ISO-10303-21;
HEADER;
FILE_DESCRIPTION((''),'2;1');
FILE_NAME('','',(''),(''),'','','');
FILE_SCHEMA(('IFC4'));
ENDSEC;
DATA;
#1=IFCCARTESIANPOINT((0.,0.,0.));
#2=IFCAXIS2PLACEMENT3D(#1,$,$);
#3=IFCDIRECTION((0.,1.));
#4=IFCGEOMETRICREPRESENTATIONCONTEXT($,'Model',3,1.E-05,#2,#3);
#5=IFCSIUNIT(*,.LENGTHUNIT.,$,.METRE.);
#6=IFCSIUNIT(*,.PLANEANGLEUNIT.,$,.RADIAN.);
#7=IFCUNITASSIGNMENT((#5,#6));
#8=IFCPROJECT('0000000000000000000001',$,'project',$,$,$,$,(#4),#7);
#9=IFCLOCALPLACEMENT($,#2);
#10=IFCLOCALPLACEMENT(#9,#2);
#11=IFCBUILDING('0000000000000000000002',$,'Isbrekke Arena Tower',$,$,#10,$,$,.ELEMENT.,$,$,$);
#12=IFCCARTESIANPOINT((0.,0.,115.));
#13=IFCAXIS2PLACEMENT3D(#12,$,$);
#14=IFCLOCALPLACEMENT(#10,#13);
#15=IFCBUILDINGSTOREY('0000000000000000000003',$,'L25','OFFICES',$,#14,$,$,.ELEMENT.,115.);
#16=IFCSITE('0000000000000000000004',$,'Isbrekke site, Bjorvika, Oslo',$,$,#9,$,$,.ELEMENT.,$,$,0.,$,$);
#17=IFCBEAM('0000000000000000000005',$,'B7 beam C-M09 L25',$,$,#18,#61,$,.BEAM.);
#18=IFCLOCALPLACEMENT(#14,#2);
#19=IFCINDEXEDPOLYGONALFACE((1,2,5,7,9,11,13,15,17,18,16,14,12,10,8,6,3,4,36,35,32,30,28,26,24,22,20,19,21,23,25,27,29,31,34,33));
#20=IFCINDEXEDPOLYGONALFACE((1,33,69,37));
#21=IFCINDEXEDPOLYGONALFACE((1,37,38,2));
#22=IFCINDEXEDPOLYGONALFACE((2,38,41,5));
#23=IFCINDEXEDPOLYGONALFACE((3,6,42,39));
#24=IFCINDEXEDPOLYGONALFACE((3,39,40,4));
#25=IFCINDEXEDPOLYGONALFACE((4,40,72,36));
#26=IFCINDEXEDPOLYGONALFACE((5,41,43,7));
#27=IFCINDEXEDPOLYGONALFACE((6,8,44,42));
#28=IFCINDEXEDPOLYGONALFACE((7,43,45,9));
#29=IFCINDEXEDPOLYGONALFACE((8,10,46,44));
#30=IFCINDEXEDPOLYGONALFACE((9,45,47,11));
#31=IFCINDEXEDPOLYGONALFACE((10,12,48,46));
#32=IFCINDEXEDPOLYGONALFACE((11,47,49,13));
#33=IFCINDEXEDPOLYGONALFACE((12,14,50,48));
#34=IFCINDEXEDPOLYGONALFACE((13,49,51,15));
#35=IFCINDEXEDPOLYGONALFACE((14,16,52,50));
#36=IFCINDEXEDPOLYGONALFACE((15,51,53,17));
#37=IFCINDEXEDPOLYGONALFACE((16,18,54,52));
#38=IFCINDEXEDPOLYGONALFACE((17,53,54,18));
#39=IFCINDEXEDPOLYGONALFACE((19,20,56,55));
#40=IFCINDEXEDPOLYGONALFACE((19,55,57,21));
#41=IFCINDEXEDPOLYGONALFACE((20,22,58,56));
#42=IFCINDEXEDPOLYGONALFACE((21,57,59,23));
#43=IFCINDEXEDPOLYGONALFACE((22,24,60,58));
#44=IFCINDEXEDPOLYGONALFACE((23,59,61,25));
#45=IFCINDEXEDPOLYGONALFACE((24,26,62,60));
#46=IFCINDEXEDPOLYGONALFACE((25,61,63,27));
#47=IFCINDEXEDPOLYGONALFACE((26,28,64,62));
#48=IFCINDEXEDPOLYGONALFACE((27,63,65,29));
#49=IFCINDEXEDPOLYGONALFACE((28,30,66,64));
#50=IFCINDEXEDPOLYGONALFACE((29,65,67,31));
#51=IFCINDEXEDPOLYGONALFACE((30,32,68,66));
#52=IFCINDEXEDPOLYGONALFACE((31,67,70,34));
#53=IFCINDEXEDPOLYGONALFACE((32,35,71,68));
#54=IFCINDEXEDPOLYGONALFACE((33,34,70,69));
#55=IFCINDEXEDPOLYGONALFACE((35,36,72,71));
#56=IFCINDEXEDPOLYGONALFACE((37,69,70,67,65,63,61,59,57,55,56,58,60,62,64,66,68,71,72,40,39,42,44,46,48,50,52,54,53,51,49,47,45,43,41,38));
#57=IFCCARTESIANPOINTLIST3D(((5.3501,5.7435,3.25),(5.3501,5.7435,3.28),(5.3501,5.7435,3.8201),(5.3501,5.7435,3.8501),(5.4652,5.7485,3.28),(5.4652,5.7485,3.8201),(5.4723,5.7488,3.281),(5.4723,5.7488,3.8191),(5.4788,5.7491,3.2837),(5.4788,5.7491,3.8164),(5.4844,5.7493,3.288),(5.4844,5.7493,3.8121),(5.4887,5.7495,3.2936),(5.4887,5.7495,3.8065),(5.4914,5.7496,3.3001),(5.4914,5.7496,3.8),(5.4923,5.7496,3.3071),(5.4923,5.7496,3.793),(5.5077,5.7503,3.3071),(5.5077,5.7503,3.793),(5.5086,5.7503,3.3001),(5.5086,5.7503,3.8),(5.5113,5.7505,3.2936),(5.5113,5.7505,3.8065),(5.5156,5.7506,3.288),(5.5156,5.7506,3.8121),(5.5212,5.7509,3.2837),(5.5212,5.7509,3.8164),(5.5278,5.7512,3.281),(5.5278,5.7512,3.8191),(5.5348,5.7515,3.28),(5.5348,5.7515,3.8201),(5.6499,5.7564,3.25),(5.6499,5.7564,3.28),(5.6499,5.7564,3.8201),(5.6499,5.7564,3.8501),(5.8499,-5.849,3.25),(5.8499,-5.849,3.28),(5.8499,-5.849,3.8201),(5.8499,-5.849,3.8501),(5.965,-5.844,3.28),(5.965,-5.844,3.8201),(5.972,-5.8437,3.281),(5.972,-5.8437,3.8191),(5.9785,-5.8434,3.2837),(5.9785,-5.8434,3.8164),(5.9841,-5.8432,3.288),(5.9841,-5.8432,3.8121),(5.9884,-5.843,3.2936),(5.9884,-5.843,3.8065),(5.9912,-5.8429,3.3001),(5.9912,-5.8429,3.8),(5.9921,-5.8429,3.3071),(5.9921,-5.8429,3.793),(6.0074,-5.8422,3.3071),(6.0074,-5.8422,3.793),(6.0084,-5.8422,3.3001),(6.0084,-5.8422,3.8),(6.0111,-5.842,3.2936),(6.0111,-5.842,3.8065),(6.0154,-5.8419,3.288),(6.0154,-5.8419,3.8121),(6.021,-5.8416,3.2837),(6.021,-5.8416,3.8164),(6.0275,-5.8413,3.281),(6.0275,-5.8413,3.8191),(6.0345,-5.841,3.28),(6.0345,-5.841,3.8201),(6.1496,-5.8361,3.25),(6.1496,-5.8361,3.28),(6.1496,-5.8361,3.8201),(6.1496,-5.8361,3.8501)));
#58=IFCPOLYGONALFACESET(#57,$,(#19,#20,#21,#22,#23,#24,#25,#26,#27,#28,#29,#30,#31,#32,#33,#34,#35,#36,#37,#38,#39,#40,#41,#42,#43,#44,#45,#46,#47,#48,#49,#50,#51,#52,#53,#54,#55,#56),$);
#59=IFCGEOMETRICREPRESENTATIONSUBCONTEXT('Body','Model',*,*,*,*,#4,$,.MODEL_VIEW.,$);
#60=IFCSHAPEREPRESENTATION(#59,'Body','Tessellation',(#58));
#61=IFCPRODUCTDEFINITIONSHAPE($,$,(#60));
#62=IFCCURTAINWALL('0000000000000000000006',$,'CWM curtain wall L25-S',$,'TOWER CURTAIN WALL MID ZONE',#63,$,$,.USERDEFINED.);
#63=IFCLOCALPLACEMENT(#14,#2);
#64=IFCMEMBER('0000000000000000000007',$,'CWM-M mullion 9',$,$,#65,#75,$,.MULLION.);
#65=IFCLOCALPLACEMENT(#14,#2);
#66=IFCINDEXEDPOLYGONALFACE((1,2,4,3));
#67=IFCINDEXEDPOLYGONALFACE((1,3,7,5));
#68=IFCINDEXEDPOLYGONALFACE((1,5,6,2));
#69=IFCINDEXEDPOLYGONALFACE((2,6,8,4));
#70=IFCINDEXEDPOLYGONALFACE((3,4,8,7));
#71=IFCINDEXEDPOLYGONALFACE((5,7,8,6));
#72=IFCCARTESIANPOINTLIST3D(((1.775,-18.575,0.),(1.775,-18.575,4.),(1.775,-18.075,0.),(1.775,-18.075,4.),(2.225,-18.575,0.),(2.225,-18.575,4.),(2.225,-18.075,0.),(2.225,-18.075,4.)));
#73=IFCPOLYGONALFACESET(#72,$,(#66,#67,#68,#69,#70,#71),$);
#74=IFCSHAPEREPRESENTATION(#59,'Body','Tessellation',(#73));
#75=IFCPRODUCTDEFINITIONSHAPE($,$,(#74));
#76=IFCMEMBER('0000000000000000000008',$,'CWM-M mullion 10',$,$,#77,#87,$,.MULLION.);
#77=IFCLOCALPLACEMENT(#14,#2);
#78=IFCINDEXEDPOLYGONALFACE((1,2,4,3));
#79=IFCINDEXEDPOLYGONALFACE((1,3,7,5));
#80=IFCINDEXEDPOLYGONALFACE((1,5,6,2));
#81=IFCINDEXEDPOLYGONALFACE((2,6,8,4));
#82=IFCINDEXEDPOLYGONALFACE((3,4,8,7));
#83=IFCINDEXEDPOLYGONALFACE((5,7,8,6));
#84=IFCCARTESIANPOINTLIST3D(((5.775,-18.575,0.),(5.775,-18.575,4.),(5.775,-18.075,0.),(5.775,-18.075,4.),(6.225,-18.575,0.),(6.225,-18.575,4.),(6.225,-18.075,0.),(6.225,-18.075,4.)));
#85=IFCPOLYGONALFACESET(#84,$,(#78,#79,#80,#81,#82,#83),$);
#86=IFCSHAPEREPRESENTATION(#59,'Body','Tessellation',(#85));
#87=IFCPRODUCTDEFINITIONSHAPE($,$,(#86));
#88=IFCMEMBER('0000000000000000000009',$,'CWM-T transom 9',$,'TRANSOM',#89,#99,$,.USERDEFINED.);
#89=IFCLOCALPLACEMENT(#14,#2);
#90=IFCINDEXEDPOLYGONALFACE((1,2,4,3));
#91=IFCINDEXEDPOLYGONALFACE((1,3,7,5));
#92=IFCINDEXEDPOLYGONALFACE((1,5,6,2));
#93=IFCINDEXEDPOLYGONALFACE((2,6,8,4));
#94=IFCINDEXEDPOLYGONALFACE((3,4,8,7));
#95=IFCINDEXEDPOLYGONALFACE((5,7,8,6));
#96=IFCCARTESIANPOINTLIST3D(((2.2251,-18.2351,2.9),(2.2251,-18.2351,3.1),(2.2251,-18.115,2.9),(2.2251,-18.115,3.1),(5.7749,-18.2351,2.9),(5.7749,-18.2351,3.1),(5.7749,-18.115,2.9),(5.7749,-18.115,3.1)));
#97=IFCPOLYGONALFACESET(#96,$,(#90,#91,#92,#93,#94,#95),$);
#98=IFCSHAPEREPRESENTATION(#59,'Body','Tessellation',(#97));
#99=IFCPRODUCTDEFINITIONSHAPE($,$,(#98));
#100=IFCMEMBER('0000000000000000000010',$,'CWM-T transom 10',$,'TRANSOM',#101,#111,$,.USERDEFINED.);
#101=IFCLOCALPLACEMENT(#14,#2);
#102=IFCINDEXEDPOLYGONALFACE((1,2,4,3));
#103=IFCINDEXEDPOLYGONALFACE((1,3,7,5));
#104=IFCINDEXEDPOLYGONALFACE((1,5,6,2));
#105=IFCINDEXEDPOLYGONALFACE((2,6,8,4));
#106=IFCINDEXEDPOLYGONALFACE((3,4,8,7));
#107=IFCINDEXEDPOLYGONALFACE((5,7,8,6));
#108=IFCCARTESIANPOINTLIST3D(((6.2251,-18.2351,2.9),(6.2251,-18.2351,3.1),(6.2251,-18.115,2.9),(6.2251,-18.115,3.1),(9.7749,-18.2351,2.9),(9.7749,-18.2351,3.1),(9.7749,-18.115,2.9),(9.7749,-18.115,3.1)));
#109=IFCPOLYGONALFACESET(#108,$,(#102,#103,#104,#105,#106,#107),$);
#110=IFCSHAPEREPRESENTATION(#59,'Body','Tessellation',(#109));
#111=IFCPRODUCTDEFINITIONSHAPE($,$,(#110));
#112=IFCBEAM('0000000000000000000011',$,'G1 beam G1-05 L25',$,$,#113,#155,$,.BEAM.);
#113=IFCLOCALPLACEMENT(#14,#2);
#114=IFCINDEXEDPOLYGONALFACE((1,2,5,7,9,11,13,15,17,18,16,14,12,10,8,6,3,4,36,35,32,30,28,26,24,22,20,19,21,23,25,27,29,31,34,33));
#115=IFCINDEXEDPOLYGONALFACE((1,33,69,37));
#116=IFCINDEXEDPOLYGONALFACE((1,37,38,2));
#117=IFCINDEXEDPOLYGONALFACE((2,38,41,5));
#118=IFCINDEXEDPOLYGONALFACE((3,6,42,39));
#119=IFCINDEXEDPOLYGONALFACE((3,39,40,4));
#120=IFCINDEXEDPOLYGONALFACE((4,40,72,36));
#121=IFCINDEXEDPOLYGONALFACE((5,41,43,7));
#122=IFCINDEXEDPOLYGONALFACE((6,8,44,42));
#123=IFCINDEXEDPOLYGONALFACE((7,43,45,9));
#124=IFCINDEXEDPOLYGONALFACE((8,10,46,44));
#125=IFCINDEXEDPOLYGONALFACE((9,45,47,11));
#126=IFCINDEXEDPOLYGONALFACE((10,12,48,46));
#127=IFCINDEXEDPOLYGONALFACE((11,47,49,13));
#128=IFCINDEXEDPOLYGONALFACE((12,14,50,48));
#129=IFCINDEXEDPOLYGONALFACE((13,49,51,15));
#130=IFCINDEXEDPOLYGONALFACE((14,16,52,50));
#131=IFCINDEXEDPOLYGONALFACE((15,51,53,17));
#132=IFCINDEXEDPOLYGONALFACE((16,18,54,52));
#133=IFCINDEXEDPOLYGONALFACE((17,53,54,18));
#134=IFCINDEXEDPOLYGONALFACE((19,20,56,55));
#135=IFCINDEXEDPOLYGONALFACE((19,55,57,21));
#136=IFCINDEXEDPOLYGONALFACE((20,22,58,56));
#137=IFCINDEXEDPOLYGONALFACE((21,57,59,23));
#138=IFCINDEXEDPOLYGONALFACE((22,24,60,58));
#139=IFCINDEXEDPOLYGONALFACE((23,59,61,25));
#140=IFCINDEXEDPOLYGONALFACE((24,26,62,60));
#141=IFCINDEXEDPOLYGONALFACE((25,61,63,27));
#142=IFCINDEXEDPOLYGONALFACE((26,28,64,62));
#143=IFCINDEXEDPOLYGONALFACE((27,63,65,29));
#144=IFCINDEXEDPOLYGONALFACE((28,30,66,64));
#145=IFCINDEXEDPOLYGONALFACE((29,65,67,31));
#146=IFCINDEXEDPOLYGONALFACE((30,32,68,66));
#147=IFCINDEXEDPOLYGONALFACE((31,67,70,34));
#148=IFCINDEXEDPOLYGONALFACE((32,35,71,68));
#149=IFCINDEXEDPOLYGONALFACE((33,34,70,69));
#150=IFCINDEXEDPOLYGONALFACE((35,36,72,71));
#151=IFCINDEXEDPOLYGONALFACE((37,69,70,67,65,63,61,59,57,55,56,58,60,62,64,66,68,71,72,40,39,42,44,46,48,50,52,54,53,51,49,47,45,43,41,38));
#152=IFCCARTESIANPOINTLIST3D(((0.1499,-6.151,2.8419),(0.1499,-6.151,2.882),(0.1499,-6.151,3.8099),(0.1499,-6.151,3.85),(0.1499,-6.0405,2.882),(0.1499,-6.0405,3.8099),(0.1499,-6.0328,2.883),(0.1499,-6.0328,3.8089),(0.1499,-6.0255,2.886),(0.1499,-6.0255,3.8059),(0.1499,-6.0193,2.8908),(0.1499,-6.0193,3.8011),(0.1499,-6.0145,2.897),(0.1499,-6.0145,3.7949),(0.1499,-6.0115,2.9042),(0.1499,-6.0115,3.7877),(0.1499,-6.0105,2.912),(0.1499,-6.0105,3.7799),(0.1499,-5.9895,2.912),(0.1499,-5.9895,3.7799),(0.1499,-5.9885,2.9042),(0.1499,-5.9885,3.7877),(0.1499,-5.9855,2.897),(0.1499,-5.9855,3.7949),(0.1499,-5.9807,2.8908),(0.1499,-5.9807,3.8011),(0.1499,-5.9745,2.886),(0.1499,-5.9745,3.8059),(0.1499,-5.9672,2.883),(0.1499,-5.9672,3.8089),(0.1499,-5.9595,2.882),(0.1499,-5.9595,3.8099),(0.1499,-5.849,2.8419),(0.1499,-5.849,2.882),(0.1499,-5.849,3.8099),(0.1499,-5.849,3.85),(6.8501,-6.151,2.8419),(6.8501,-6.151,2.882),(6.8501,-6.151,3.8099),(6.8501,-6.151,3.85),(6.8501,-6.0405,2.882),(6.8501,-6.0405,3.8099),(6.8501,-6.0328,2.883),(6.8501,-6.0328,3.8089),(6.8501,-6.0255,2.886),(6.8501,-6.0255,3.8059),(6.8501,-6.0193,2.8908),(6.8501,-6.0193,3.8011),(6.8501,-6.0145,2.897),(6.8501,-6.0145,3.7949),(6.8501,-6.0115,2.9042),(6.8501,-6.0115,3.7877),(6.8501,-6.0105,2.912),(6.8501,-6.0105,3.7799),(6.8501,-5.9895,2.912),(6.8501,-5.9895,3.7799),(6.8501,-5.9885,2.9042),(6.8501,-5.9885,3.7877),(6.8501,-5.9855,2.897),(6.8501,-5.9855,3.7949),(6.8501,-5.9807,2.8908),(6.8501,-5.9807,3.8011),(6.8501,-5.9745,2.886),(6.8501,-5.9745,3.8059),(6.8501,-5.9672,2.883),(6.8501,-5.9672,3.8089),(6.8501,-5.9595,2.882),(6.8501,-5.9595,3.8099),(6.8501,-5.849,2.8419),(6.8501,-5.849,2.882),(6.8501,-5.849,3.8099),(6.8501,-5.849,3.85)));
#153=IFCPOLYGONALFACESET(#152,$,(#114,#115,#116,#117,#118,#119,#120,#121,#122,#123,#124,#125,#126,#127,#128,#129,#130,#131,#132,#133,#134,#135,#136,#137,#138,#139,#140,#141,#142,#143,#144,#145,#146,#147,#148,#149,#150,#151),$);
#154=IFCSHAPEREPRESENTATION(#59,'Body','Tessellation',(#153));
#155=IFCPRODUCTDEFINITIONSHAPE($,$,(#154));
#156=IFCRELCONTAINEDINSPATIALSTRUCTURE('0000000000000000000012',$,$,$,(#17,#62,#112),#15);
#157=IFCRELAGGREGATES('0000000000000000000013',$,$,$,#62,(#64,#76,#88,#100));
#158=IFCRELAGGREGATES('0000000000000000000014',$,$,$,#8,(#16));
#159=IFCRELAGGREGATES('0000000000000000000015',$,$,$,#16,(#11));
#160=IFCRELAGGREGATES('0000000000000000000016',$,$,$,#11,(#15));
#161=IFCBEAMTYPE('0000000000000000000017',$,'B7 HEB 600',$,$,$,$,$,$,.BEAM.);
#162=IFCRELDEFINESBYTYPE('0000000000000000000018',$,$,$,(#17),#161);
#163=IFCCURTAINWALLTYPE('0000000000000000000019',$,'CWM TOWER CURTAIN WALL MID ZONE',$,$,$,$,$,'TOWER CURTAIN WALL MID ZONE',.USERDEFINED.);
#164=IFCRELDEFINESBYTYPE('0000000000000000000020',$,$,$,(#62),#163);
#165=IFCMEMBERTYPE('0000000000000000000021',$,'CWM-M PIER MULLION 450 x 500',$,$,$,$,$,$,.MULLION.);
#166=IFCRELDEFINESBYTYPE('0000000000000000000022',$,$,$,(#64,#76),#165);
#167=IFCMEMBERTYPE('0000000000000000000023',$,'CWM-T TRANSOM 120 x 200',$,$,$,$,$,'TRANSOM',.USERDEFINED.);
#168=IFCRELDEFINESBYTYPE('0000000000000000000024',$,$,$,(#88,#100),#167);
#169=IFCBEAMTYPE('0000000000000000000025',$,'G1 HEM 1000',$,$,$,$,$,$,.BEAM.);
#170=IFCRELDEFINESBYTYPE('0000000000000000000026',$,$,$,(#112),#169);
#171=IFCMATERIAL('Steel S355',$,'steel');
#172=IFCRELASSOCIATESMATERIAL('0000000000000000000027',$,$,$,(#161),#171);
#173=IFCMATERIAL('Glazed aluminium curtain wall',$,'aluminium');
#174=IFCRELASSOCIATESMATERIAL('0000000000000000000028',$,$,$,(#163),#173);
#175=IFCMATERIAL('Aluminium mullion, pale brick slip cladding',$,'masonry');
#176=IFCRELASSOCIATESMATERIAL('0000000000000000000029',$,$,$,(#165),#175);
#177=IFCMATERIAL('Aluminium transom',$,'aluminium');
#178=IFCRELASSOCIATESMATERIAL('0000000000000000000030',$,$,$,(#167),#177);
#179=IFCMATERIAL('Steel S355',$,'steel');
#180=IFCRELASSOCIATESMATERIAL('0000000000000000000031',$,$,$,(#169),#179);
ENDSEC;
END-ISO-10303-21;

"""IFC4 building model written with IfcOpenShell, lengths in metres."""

from ifc_helpers import new_model, si_unit, direction, frame, origin, origin_2d, place, context, subcontext, project, spatial, rectangle, i_section, extrude, material, material_profile, profile_set, type_object, element, aggregate, save


model = new_model("IFC4")

# Units and contexts
model_context = context("Model", 3, precision=1e-05, world=origin(), true_north=direction((0.0, 1.0)))
body_context = subcontext(model_context, "Body", "Model", "MODEL_VIEW")
ifc_project = project(units=[si_unit("LENGTHUNIT", "METRE"), si_unit("PLANEANGLEUNIT", "RADIAN")], contexts=[model_context])

# Site, building, storey
site_placement = place(None, origin())
site = spatial("IfcSite", under=ifc_project, at=site_placement, Name="Isbrekke site, Bjorvika, Oslo", CompositionType="ELEMENT", RefElevation=0.0)
building_placement = place(site_placement, origin())
building = spatial("IfcBuilding", under=site, at=building_placement, Name="Isbrekke Arena Tower", CompositionType="ELEMENT")
storey_placement = place(building_placement, frame((0.0, 0.0, 115.0)))
storey = spatial("IfcBuildingStorey", under=building, at=storey_placement, Name="L25", Description="OFFICES", CompositionType="ELEMENT", Elevation=115.0)

# Beam
ifc_material_1 = material(Name="Steel S355", Category="steel")
ifc_material_profile_1 = material_profile(ifc_material_1, i_section(OverallWidth=0.3, OverallDepth=0.6001, WebThickness=0.0154, FlangeThickness=0.03, FilletRadius=0.0271, at=origin_2d()), Name="HEB 600")
ifc_profile_set_1 = profile_set([ifc_material_profile_1], Name="Steel S355")
beam_type_1 = type_object("IfcBeamType", Name="B7 HEB 600", PredefinedType="BEAM", material=ifc_profile_set_1)
beam_1_placement = place(storey_placement, frame((5.9998, -5.8425, 3.55), z_axis=(-0.04307, 0.999072, 0.0), x_axis=(-0.999072, -0.04307, 0.0)))
element("IfcBeam", 1, at=beam_1_placement, inside=storey, type_object=beam_type_1, Name="B7 beam C-M09 L25", PredefinedType="BEAM", context=body_context, shape_type="SweptSolid", body=[
    extrude(i_section(OverallWidth=0.3, OverallDepth=0.6001, WebThickness=0.0154, FlangeThickness=0.03, FilletRadius=0.0271, at=origin_2d()), origin(), (0.0, 0.0, 1.0), 11.6033),
])

# Curtain wall, members
ifc_material_2 = material(Name="Glazed aluminium curtain wall", Category="aluminium")
curtain_wall_type = type_object("IfcCurtainWallType", Name="CWM TOWER CURTAIN WALL MID ZONE", ElementType="TOWER CURTAIN WALL MID ZONE", PredefinedType="USERDEFINED", material=ifc_material_2)
curtain_wall_placement = place(storey_placement, origin())
curtain_wall = element("IfcCurtainWall", 2, at=curtain_wall_placement, inside=storey, type_object=curtain_wall_type, Name="CWM curtain wall L25-S", ObjectType="TOWER CURTAIN WALL MID ZONE", PredefinedType="USERDEFINED")
ifc_material_3 = material(Name="Aluminium mullion, pale brick slip cladding", Category="masonry")
ifc_material_profile_2 = material_profile(ifc_material_3, rectangle(XDim=0.45, YDim=0.5, at=origin_2d()), Name="PIER 450X500")
ifc_profile_set_2 = profile_set([ifc_material_profile_2], Name="Aluminium mullion, pale brick slip cladding")
member_type_1 = type_object("IfcMemberType", Name="CWM-M PIER MULLION 450 x 500", PredefinedType="MULLION", material=ifc_profile_set_2)
member_1_placement = place(storey_placement, frame((2.0, -18.325, 0.0), z_axis=(0.0, 0.0, 1.0), x_axis=(1.0, 0.0, 0.0)))
member_1 = element("IfcMember", 3, at=member_1_placement, type_object=member_type_1, Name="CWM-M mullion 9", PredefinedType="MULLION", context=body_context, shape_type="SweptSolid", body=[
    extrude(rectangle(XDim=0.45, YDim=0.5, at=origin_2d()), origin(), (0.0, 0.0, 1.0), 4.0),
])
member_2_placement = place(storey_placement, frame((6.0, -18.325, 0.0), z_axis=(0.0, 0.0, 1.0), x_axis=(1.0, 0.0, 0.0)))
member_2 = element("IfcMember", 4, at=member_2_placement, type_object=member_type_1, Name="CWM-M mullion 10", PredefinedType="MULLION", context=body_context, shape_type="SweptSolid", body=[
    extrude(rectangle(XDim=0.45, YDim=0.5, at=origin_2d()), origin(), (0.0, 0.0, 1.0), 4.0),
])
ifc_material_4 = material(Name="Aluminium transom", Category="aluminium")
ifc_material_profile_3 = material_profile(ifc_material_4, rectangle(XDim=0.1201, YDim=0.2, at=origin_2d()), Name="TRANSOM 120X200")
ifc_profile_set_3 = profile_set([ifc_material_profile_3], Name="Aluminium transom")
member_type_2 = type_object("IfcMemberType", Name="CWM-T TRANSOM 120 x 200", ElementType="TRANSOM", PredefinedType="USERDEFINED", material=ifc_profile_set_3)
member_3_placement = place(storey_placement, frame((2.2251, -18.175, 3.0), z_axis=(1.0, 0.0, 0.0), x_axis=(0.0, 1.0, 0.0)))
member_3 = element("IfcMember", 5, at=member_3_placement, type_object=member_type_2, Name="CWM-T transom 9", ObjectType="TRANSOM", PredefinedType="USERDEFINED", context=body_context, shape_type="SweptSolid", body=[
    extrude(rectangle(XDim=0.1201, YDim=0.2, at=origin_2d()), origin(), (0.0, 0.0, 1.0), 3.5498),
])
member_4_placement = place(storey_placement, frame((6.2251, -18.175, 3.0), z_axis=(1.0, 0.0, 0.0), x_axis=(0.0, 1.0, 0.0)))
member_4 = element("IfcMember", 6, at=member_4_placement, type_object=member_type_2, Name="CWM-T transom 10", ObjectType="TRANSOM", PredefinedType="USERDEFINED", context=body_context, shape_type="SweptSolid", body=[
    extrude(rectangle(XDim=0.1201, YDim=0.2, at=origin_2d()), origin(), (0.0, 0.0, 1.0), 3.5498),
])

# Beam
ifc_material_5 = material(Name="Steel S355", Category="steel")
ifc_material_profile_4 = material_profile(ifc_material_5, i_section(OverallWidth=0.302, OverallDepth=1.0081, WebThickness=0.021, FlangeThickness=0.04, FilletRadius=0.03, at=origin_2d()), Name="HEM 1000")
ifc_profile_set_4 = profile_set([ifc_material_profile_4], Name="Steel S355")
beam_type_2 = type_object("IfcBeamType", Name="G1 HEM 1000", PredefinedType="BEAM", material=ifc_profile_set_4)
for number, where, z_axis, x_axis, name in (
    (7, (0.1499, -6.0, 3.3459), (1.0, 0.0, 0.0), (0.0, 1.0, 0.0), "G1 beam G1-05 L25"),
):
    element("IfcBeam", number, at=place(storey_placement, frame(where, z_axis=z_axis, x_axis=x_axis)), inside=storey, type_object=beam_type_2, Name=name, PredefinedType="BEAM", context=body_context, shape_type="SweptSolid", body=[
        extrude(i_section(OverallWidth=0.302, OverallDepth=1.0081, WebThickness=0.021, FlangeThickness=0.04, FilletRadius=0.03, at=origin_2d()), origin(), (0.0, 0.0, 1.0), 6.7002),
    ])

aggregate(curtain_wall, [member_1, member_2, member_3, member_4])

save(model, "model.ifc")
